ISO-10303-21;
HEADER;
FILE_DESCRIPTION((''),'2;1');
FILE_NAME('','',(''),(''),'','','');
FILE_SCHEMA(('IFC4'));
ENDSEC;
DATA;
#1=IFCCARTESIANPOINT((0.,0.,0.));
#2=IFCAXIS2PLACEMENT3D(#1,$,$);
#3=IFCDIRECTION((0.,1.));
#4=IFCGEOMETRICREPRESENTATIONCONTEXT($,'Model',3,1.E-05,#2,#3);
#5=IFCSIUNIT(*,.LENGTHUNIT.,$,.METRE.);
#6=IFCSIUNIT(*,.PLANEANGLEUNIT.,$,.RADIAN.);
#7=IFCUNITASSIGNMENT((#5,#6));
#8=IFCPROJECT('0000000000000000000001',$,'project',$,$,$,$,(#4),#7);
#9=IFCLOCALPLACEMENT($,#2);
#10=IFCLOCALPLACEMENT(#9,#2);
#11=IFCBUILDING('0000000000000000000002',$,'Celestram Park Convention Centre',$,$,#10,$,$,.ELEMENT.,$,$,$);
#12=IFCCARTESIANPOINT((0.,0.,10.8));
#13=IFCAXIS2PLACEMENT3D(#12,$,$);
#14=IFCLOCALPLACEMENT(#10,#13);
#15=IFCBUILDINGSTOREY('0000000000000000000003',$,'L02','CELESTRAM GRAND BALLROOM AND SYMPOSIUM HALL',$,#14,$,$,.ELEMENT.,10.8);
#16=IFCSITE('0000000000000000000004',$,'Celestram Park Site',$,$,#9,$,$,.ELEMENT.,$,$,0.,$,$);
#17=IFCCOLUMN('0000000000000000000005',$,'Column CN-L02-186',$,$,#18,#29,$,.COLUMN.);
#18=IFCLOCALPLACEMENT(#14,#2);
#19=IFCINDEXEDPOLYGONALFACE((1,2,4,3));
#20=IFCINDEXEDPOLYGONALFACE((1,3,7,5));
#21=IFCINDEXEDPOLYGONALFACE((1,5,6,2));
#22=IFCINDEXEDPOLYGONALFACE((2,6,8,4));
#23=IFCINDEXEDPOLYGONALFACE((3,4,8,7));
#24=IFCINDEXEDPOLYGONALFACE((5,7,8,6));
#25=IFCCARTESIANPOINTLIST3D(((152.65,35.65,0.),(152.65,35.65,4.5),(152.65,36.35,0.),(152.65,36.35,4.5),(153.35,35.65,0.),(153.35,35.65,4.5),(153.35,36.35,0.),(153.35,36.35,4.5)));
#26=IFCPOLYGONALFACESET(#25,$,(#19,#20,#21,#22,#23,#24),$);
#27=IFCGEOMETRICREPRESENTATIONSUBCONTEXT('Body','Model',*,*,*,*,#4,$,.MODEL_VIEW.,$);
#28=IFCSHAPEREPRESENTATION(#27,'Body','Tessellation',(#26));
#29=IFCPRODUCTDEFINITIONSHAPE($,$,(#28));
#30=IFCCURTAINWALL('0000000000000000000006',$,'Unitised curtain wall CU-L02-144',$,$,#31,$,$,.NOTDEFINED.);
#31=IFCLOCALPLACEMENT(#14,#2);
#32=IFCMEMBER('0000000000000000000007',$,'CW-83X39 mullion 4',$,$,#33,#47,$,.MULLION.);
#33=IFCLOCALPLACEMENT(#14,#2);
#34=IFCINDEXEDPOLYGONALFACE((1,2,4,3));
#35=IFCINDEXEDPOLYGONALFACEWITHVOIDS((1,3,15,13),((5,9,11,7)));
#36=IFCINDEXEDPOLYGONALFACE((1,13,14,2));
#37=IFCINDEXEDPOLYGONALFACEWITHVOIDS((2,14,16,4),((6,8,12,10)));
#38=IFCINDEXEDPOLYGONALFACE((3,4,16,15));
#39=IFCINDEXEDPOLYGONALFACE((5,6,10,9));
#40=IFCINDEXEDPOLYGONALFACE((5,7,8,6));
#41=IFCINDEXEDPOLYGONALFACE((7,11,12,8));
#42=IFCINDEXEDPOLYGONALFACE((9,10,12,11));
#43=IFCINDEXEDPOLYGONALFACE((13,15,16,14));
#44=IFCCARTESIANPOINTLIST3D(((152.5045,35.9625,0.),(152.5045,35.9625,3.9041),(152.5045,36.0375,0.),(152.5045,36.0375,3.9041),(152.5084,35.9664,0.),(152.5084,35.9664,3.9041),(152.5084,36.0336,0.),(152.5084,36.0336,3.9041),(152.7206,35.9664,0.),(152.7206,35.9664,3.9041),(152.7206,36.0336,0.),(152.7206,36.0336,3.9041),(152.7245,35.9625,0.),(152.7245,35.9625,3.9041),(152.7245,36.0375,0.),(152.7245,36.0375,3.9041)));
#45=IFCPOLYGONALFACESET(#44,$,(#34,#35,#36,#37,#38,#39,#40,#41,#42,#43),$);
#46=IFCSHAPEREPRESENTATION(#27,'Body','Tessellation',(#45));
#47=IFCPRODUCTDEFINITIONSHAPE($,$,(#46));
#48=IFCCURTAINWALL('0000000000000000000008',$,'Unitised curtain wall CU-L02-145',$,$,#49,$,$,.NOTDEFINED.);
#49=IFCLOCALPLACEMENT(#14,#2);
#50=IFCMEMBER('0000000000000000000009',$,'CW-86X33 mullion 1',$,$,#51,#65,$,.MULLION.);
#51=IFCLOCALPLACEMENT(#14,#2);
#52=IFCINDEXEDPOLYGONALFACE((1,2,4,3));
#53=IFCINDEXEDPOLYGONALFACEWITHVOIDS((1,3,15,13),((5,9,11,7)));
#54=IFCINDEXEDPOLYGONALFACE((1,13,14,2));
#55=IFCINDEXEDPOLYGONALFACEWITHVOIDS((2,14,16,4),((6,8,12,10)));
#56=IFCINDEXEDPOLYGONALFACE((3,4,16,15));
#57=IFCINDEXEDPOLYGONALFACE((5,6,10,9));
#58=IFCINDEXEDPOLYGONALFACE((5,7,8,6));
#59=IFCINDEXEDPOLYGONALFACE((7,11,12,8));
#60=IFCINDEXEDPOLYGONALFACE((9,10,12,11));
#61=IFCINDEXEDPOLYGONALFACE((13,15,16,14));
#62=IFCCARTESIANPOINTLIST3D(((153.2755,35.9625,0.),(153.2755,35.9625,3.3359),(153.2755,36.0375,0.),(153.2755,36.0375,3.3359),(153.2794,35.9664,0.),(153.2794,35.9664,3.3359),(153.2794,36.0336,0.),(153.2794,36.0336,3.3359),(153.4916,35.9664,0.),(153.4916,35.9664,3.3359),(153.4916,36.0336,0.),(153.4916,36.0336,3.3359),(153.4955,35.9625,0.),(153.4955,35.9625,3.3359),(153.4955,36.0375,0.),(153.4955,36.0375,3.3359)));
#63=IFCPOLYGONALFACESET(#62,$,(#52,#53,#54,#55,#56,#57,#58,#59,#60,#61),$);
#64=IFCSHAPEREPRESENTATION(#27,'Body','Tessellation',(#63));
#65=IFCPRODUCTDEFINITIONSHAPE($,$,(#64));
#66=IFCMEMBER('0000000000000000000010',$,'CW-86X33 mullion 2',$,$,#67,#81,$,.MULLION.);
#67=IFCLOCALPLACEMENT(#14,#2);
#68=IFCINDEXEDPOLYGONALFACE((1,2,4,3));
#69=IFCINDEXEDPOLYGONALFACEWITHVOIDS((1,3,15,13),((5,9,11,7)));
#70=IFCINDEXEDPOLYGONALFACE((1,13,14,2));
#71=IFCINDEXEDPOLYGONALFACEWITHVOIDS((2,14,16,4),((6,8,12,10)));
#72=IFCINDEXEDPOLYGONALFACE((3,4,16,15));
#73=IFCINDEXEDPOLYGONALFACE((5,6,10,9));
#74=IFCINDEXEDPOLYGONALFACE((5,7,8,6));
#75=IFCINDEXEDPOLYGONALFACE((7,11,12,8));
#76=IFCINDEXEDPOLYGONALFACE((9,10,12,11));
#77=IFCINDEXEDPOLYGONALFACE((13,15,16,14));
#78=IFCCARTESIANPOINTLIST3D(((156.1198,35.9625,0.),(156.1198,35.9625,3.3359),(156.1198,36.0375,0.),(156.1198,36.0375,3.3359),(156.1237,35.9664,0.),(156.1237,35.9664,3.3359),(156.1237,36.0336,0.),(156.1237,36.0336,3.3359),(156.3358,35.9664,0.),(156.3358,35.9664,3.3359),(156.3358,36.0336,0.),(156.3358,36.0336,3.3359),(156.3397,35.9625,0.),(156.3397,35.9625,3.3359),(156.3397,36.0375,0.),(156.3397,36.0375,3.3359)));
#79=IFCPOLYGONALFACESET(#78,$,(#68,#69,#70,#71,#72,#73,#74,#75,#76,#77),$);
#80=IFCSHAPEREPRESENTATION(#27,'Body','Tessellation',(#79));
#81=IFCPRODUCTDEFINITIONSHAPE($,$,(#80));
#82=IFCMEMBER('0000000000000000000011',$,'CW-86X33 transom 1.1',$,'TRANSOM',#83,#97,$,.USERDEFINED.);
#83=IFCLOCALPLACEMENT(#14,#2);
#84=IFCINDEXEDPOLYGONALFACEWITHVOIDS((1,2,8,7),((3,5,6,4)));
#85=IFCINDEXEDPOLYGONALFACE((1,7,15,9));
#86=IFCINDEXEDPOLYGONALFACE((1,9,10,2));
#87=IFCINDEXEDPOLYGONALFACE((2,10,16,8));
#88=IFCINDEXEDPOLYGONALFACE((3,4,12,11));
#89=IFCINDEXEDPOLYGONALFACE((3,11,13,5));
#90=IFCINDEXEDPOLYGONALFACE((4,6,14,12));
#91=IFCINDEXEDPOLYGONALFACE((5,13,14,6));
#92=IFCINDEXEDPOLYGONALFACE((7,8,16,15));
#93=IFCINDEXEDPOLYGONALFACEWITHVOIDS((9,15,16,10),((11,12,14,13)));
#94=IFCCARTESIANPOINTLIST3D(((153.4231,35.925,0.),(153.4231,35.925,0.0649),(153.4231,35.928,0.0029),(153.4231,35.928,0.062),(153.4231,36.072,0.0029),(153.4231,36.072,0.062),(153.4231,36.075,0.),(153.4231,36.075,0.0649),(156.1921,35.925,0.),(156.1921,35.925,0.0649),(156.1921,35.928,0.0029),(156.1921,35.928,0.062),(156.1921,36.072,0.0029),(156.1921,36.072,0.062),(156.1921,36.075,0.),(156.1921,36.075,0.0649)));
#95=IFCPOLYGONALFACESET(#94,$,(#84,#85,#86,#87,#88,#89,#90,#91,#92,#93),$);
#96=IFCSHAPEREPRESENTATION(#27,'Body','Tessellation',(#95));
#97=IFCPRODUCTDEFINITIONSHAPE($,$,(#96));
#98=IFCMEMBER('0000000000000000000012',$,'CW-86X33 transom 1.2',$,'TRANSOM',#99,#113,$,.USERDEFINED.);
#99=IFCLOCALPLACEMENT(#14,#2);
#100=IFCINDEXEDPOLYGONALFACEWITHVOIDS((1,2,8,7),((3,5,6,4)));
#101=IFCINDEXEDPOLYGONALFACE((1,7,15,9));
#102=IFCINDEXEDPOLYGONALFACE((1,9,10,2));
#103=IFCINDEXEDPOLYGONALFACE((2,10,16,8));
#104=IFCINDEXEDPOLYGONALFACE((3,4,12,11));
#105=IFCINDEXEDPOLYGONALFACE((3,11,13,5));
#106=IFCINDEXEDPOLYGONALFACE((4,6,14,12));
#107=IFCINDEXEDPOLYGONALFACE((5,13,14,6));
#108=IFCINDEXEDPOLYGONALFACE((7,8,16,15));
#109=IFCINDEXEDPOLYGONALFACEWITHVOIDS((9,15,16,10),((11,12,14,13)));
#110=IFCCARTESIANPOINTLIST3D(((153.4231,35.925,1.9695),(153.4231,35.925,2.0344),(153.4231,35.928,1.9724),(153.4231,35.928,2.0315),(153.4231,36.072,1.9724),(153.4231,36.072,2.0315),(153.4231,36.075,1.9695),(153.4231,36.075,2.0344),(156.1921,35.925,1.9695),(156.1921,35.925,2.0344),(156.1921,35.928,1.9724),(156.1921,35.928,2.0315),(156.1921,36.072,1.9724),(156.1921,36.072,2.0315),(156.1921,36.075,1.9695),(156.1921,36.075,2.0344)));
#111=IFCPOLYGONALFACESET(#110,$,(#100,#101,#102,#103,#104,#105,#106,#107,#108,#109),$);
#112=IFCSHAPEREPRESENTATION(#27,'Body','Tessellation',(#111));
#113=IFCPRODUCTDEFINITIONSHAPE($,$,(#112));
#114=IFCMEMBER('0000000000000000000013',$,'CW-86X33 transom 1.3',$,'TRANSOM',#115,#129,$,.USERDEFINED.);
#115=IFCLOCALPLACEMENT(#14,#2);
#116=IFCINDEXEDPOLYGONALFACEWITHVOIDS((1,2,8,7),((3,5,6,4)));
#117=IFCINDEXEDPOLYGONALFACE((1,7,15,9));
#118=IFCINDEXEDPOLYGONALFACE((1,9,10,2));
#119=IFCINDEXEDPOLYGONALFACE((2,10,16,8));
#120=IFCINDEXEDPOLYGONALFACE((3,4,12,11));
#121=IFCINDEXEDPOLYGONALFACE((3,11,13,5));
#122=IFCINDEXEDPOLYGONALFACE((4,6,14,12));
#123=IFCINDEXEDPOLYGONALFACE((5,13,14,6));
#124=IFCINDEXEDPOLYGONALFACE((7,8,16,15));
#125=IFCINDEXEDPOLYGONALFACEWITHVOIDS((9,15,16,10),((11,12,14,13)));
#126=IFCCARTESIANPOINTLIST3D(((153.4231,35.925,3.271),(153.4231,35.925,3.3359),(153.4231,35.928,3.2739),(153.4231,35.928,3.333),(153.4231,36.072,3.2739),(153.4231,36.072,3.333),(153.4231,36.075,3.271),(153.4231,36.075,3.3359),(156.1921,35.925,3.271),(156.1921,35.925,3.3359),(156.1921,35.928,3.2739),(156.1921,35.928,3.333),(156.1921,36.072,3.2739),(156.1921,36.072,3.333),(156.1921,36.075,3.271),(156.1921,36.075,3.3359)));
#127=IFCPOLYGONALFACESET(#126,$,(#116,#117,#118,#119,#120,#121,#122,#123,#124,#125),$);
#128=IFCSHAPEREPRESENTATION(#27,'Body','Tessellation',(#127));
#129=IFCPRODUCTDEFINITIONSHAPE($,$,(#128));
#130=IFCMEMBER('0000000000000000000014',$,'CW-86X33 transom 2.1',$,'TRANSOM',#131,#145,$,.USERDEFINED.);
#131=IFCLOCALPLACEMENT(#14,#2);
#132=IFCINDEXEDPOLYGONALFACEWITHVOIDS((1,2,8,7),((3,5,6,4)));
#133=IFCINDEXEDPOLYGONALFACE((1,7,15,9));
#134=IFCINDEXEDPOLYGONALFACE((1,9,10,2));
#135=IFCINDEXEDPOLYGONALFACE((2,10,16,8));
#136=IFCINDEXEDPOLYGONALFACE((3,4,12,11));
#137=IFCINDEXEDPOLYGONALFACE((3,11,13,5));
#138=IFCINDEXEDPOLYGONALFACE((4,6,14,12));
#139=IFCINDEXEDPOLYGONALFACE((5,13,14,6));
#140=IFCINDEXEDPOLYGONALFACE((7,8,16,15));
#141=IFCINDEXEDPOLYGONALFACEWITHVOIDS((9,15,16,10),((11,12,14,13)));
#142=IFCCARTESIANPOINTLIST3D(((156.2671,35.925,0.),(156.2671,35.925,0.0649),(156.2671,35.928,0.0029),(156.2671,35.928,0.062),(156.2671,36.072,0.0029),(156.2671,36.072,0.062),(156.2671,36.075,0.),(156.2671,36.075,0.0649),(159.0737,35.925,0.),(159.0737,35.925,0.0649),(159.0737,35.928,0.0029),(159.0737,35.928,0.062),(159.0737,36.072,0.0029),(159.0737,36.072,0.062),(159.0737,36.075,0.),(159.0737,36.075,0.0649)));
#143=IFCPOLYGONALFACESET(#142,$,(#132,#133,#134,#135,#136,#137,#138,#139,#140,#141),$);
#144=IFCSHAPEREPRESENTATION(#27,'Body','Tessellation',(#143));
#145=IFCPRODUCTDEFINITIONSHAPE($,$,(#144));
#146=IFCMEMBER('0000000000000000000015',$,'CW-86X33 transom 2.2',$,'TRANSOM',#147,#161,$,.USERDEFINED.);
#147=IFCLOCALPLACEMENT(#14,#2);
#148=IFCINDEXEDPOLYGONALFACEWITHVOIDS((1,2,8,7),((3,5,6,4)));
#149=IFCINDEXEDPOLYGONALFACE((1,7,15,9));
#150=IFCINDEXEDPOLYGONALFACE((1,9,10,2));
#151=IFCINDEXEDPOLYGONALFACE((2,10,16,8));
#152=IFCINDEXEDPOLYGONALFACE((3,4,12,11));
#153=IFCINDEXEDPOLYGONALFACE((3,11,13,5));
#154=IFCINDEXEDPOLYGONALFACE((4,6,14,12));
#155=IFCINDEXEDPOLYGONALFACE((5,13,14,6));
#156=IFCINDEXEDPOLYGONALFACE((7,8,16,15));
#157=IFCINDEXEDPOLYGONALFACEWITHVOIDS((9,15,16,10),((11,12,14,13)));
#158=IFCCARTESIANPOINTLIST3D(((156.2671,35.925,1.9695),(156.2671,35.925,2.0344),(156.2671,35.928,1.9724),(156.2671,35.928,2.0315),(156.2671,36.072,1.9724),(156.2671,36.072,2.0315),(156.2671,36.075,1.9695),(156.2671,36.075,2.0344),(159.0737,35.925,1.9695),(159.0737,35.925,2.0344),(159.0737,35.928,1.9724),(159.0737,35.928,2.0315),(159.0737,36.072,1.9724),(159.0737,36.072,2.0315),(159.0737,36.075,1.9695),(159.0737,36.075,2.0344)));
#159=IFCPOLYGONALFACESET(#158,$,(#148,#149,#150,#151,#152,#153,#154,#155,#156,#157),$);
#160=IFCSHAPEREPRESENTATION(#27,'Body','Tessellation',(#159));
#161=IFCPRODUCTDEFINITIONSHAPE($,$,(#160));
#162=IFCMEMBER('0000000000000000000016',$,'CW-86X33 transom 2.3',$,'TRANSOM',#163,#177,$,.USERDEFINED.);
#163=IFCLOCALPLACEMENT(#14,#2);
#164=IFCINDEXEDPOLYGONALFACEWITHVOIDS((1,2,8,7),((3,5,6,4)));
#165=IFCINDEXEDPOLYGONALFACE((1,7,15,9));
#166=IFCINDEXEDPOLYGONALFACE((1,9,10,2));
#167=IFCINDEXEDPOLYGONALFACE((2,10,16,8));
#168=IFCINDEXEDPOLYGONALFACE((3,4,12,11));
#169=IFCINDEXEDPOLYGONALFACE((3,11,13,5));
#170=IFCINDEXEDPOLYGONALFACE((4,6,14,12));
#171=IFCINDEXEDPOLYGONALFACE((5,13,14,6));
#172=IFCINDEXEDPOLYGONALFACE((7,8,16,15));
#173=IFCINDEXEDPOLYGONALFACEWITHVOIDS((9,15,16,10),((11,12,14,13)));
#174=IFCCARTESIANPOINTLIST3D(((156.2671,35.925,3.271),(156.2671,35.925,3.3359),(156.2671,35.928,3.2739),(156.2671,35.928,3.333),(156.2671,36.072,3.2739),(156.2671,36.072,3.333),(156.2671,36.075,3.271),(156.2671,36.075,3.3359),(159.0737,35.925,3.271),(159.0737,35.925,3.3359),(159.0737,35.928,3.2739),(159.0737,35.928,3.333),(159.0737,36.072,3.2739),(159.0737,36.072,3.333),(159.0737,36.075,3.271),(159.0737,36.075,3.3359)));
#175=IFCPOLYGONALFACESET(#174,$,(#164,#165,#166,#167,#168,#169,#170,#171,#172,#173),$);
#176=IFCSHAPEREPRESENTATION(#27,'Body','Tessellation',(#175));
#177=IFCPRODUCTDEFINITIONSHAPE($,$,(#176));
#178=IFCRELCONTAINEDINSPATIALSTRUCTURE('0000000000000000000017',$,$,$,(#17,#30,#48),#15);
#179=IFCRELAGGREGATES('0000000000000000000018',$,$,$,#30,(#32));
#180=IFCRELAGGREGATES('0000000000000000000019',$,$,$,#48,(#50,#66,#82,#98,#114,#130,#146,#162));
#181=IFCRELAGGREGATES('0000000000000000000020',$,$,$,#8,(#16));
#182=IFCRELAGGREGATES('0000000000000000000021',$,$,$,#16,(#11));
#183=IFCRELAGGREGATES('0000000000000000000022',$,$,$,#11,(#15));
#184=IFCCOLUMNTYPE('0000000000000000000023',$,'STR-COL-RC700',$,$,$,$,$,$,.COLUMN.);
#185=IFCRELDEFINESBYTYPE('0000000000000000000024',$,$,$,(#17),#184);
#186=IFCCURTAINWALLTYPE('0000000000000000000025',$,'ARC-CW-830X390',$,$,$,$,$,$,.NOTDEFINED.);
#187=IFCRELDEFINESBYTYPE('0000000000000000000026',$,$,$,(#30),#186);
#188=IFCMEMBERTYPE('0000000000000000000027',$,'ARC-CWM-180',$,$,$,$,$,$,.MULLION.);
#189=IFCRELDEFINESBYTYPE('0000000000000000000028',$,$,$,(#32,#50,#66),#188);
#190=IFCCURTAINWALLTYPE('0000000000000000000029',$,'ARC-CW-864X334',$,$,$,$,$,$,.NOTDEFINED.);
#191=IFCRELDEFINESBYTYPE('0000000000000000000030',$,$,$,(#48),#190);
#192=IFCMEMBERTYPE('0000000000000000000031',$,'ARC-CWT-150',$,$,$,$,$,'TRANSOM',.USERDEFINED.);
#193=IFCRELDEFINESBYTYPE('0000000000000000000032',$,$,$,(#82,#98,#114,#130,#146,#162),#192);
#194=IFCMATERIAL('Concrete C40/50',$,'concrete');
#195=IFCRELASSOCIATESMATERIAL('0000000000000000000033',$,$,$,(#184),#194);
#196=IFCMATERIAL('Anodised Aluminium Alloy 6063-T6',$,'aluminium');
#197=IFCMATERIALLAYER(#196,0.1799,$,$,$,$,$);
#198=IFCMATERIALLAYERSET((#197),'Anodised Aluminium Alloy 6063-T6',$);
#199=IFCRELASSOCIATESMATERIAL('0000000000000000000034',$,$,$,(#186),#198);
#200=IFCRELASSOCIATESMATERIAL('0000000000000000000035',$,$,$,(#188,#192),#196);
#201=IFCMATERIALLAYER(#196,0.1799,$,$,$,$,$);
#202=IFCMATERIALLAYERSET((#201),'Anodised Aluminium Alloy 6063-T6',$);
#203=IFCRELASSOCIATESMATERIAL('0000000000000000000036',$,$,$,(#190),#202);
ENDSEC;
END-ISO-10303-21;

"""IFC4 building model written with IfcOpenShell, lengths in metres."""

from ifc_helpers import new_model, si_unit, direction, frame, origin, origin_2d, place, context, subcontext, project, spatial, rectangle, hollow_rectangle, extrude, material, layer, layer_set, material_profile, profile_set, type_object, element, aggregate, save


model = new_model("IFC4")

# Units and contexts
model_context = context("Model", 3, precision=1e-05, world=origin(), true_north=direction((0.0, 1.0)))
body_context = subcontext(model_context, "Body", "Model", "MODEL_VIEW")
ifc_project = project(units=[si_unit("LENGTHUNIT", "METRE"), si_unit("PLANEANGLEUNIT", "RADIAN")], contexts=[model_context])

# Site, building, storey
site_placement = place(None, origin())
site = spatial("IfcSite", under=ifc_project, at=site_placement, Name="Celestram Park Site", CompositionType="ELEMENT", RefElevation=0.0)
building_placement = place(site_placement, origin())
building = spatial("IfcBuilding", under=site, at=building_placement, Name="Celestram Park Convention Centre", CompositionType="ELEMENT")
storey_placement = place(building_placement, frame((0.0, 0.0, 10.8)))
storey = spatial("IfcBuildingStorey", under=building, at=storey_placement, Name="L02", Description="CELESTRAM GRAND BALLROOM AND SYMPOSIUM HALL", CompositionType="ELEMENT", Elevation=10.8)

# Column
ifc_material_1 = material(Name="Concrete C40/50", Category="concrete")
ifc_material_profile_1 = material_profile(ifc_material_1, rectangle(XDim=0.7, YDim=0.7, at=origin_2d()), Name="RC700X700")
ifc_profile_set_1 = profile_set([ifc_material_profile_1], Name="Concrete C40/50")
column_type = type_object("IfcColumnType", Name="STR-COL-RC700", PredefinedType="COLUMN", material=ifc_profile_set_1)
column_placement = place(storey_placement, frame((153.0, 36.0, 0.0), z_axis=(0.0, 0.0, 1.0), x_axis=(1.0, 0.0, 0.0)))
element("IfcColumn", 1, at=column_placement, inside=storey, type_object=column_type, Name="Column CN-L02-186", PredefinedType="COLUMN", context=body_context, shape_type="SweptSolid", body=[
    extrude(rectangle(XDim=0.7, YDim=0.7, at=origin_2d()), origin(), (0.0, 0.0, 1.0), 4.5),
])

# Curtain wall, member
ifc_material_2 = material(Name="Anodised Aluminium Alloy 6063-T6", Category="aluminium")
ifc_layer_1 = layer(ifc_material_2, 0.1799)
ifc_layer_set_1 = layer_set([ifc_layer_1], Name="Anodised Aluminium Alloy 6063-T6")
curtain_wall_type_1 = type_object("IfcCurtainWallType", Name="ARC-CW-830X390", PredefinedType="NOTDEFINED", material=ifc_layer_set_1)
curtain_wall_1_placement = place(storey_placement, origin())
curtain_wall_1 = element("IfcCurtainWall", 2, at=curtain_wall_1_placement, inside=storey, type_object=curtain_wall_type_1, Name="Unitised curtain wall CU-L02-144", PredefinedType="NOTDEFINED")
ifc_material_profile_2 = material_profile(ifc_material_2, hollow_rectangle(XDim=0.075, YDim=0.22, WallThickness=0.0039, at=origin_2d()), Name="ALU75X220X4")
ifc_profile_set_2 = profile_set([ifc_material_profile_2], Name="Anodised Aluminium Alloy 6063-T6")
member_type_1 = type_object("IfcMemberType", Name="ARC-CWM-180", PredefinedType="MULLION", material=ifc_profile_set_2)
member_1_placement = place(storey_placement, frame((152.6145, 36.0, 0.0), z_axis=(0.0, 0.0, 1.0), x_axis=(0.0, 1.0, 0.0)))
member_1 = element("IfcMember", 3, at=member_1_placement, type_object=member_type_1, Name="CW-83X39 mullion 4", PredefinedType="MULLION", context=body_context, shape_type="SweptSolid", body=[
    extrude(hollow_rectangle(XDim=0.075, YDim=0.22, WallThickness=0.0039, at=origin_2d()), origin(), (0.0, 0.0, 1.0), 3.9041),
])

# Curtain wall, members
ifc_layer_2 = layer(ifc_material_2, 0.1799)
ifc_layer_set_2 = layer_set([ifc_layer_2], Name="Anodised Aluminium Alloy 6063-T6")
curtain_wall_type_2 = type_object("IfcCurtainWallType", Name="ARC-CW-864X334", PredefinedType="NOTDEFINED", material=ifc_layer_set_2)
curtain_wall_2_placement = place(storey_placement, origin())
curtain_wall_2 = element("IfcCurtainWall", 4, at=curtain_wall_2_placement, inside=storey, type_object=curtain_wall_type_2, Name="Unitised curtain wall CU-L02-145", PredefinedType="NOTDEFINED")
member_2_placement = place(storey_placement, frame((153.3855, 36.0, 0.0), z_axis=(0.0, 0.0, 1.0), x_axis=(0.0, 1.0, 0.0)))
member_2 = element("IfcMember", 5, at=member_2_placement, type_object=member_type_1, Name="CW-86X33 mullion 1", PredefinedType="MULLION", context=body_context, shape_type="SweptSolid", body=[
    extrude(hollow_rectangle(XDim=0.075, YDim=0.22, WallThickness=0.0039, at=origin_2d()), origin(), (0.0, 0.0, 1.0), 3.3359),
])
member_3_placement = place(storey_placement, frame((156.2297, 36.0, 0.0), z_axis=(0.0, 0.0, 1.0), x_axis=(0.0, 1.0, 0.0)))
member_3 = element("IfcMember", 6, at=member_3_placement, type_object=member_type_1, Name="CW-86X33 mullion 2", PredefinedType="MULLION", context=body_context, shape_type="SweptSolid", body=[
    extrude(hollow_rectangle(XDim=0.075, YDim=0.22, WallThickness=0.0039, at=origin_2d()), origin(), (0.0, 0.0, 1.0), 3.3359),
])
ifc_material_profile_3 = material_profile(ifc_material_2, hollow_rectangle(XDim=0.1499, YDim=0.0649, WallThickness=0.0029, at=origin_2d()), Name="ALU150X65X3")
ifc_profile_set_3 = profile_set([ifc_material_profile_3], Name="Anodised Aluminium Alloy 6063-T6")
member_type_2 = type_object("IfcMemberType", Name="ARC-CWT-150", ElementType="TRANSOM", PredefinedType="USERDEFINED", material=ifc_profile_set_3)
member_4_placement = place(storey_placement, frame((153.4231, 36.0, 0.0325), z_axis=(1.0, 0.0, 0.0), x_axis=(0.0, 1.0, 0.0)))
member_4 = element("IfcMember", 7, at=member_4_placement, type_object=member_type_2, Name="CW-86X33 transom 1.1", ObjectType="TRANSOM", PredefinedType="USERDEFINED", context=body_context, shape_type="SweptSolid", body=[
    extrude(hollow_rectangle(XDim=0.1499, YDim=0.0649, WallThickness=0.0029, at=origin_2d()), origin(), (0.0, 0.0, 1.0), 2.769),
])
member_5_placement = place(storey_placement, frame((153.4231, 36.0, 2.002), z_axis=(1.0, 0.0, 0.0), x_axis=(0.0, 1.0, 0.0)))
member_5 = element("IfcMember", 8, at=member_5_placement, type_object=member_type_2, Name="CW-86X33 transom 1.2", ObjectType="TRANSOM", PredefinedType="USERDEFINED", context=body_context, shape_type="SweptSolid", body=[
    extrude(hollow_rectangle(XDim=0.1499, YDim=0.0649, WallThickness=0.0029, at=origin_2d()), origin(), (0.0, 0.0, 1.0), 2.769),
])
member_6_placement = place(storey_placement, frame((153.4231, 36.0, 3.3035), z_axis=(1.0, 0.0, 0.0), x_axis=(0.0, 1.0, 0.0)))
member_6 = element("IfcMember", 9, at=member_6_placement, type_object=member_type_2, Name="CW-86X33 transom 1.3", ObjectType="TRANSOM", PredefinedType="USERDEFINED", context=body_context, shape_type="SweptSolid", body=[
    extrude(hollow_rectangle(XDim=0.1499, YDim=0.0649, WallThickness=0.0029, at=origin_2d()), origin(), (0.0, 0.0, 1.0), 2.769),
])
member_7_placement = place(storey_placement, frame((156.2671, 36.0, 0.0325), z_axis=(1.0, 0.0, 0.0), x_axis=(0.0, 1.0, 0.0)))
member_7 = element("IfcMember", 10, at=member_7_placement, type_object=member_type_2, Name="CW-86X33 transom 2.1", ObjectType="TRANSOM", PredefinedType="USERDEFINED", context=body_context, shape_type="SweptSolid", body=[
    extrude(hollow_rectangle(XDim=0.1499, YDim=0.0649, WallThickness=0.0029, at=origin_2d()), origin(), (0.0, 0.0, 1.0), 2.8066),
])
member_8_placement = place(storey_placement, frame((156.2671, 36.0, 2.002), z_axis=(1.0, 0.0, 0.0), x_axis=(0.0, 1.0, 0.0)))
member_8 = element("IfcMember", 11, at=member_8_placement, type_object=member_type_2, Name="CW-86X33 transom 2.2", ObjectType="TRANSOM", PredefinedType="USERDEFINED", context=body_context, shape_type="SweptSolid", body=[
    extrude(hollow_rectangle(XDim=0.1499, YDim=0.0649, WallThickness=0.0029, at=origin_2d()), origin(), (0.0, 0.0, 1.0), 2.8066),
])
member_9_placement = place(storey_placement, frame((156.2671, 36.0, 3.3035), z_axis=(1.0, 0.0, 0.0), x_axis=(0.0, 1.0, 0.0)))
member_9 = element("IfcMember", 12, at=member_9_placement, type_object=member_type_2, Name="CW-86X33 transom 2.3", ObjectType="TRANSOM", PredefinedType="USERDEFINED", context=body_context, shape_type="SweptSolid", body=[
    extrude(hollow_rectangle(XDim=0.1499, YDim=0.0649, WallThickness=0.0029, at=origin_2d()), origin(), (0.0, 0.0, 1.0), 2.8066),
])

aggregate(curtain_wall_1, [member_1])
aggregate(curtain_wall_2, [member_2, member_3, member_4, member_5, member_6, member_7, member_8, member_9])

save(model, "model.ifc")
